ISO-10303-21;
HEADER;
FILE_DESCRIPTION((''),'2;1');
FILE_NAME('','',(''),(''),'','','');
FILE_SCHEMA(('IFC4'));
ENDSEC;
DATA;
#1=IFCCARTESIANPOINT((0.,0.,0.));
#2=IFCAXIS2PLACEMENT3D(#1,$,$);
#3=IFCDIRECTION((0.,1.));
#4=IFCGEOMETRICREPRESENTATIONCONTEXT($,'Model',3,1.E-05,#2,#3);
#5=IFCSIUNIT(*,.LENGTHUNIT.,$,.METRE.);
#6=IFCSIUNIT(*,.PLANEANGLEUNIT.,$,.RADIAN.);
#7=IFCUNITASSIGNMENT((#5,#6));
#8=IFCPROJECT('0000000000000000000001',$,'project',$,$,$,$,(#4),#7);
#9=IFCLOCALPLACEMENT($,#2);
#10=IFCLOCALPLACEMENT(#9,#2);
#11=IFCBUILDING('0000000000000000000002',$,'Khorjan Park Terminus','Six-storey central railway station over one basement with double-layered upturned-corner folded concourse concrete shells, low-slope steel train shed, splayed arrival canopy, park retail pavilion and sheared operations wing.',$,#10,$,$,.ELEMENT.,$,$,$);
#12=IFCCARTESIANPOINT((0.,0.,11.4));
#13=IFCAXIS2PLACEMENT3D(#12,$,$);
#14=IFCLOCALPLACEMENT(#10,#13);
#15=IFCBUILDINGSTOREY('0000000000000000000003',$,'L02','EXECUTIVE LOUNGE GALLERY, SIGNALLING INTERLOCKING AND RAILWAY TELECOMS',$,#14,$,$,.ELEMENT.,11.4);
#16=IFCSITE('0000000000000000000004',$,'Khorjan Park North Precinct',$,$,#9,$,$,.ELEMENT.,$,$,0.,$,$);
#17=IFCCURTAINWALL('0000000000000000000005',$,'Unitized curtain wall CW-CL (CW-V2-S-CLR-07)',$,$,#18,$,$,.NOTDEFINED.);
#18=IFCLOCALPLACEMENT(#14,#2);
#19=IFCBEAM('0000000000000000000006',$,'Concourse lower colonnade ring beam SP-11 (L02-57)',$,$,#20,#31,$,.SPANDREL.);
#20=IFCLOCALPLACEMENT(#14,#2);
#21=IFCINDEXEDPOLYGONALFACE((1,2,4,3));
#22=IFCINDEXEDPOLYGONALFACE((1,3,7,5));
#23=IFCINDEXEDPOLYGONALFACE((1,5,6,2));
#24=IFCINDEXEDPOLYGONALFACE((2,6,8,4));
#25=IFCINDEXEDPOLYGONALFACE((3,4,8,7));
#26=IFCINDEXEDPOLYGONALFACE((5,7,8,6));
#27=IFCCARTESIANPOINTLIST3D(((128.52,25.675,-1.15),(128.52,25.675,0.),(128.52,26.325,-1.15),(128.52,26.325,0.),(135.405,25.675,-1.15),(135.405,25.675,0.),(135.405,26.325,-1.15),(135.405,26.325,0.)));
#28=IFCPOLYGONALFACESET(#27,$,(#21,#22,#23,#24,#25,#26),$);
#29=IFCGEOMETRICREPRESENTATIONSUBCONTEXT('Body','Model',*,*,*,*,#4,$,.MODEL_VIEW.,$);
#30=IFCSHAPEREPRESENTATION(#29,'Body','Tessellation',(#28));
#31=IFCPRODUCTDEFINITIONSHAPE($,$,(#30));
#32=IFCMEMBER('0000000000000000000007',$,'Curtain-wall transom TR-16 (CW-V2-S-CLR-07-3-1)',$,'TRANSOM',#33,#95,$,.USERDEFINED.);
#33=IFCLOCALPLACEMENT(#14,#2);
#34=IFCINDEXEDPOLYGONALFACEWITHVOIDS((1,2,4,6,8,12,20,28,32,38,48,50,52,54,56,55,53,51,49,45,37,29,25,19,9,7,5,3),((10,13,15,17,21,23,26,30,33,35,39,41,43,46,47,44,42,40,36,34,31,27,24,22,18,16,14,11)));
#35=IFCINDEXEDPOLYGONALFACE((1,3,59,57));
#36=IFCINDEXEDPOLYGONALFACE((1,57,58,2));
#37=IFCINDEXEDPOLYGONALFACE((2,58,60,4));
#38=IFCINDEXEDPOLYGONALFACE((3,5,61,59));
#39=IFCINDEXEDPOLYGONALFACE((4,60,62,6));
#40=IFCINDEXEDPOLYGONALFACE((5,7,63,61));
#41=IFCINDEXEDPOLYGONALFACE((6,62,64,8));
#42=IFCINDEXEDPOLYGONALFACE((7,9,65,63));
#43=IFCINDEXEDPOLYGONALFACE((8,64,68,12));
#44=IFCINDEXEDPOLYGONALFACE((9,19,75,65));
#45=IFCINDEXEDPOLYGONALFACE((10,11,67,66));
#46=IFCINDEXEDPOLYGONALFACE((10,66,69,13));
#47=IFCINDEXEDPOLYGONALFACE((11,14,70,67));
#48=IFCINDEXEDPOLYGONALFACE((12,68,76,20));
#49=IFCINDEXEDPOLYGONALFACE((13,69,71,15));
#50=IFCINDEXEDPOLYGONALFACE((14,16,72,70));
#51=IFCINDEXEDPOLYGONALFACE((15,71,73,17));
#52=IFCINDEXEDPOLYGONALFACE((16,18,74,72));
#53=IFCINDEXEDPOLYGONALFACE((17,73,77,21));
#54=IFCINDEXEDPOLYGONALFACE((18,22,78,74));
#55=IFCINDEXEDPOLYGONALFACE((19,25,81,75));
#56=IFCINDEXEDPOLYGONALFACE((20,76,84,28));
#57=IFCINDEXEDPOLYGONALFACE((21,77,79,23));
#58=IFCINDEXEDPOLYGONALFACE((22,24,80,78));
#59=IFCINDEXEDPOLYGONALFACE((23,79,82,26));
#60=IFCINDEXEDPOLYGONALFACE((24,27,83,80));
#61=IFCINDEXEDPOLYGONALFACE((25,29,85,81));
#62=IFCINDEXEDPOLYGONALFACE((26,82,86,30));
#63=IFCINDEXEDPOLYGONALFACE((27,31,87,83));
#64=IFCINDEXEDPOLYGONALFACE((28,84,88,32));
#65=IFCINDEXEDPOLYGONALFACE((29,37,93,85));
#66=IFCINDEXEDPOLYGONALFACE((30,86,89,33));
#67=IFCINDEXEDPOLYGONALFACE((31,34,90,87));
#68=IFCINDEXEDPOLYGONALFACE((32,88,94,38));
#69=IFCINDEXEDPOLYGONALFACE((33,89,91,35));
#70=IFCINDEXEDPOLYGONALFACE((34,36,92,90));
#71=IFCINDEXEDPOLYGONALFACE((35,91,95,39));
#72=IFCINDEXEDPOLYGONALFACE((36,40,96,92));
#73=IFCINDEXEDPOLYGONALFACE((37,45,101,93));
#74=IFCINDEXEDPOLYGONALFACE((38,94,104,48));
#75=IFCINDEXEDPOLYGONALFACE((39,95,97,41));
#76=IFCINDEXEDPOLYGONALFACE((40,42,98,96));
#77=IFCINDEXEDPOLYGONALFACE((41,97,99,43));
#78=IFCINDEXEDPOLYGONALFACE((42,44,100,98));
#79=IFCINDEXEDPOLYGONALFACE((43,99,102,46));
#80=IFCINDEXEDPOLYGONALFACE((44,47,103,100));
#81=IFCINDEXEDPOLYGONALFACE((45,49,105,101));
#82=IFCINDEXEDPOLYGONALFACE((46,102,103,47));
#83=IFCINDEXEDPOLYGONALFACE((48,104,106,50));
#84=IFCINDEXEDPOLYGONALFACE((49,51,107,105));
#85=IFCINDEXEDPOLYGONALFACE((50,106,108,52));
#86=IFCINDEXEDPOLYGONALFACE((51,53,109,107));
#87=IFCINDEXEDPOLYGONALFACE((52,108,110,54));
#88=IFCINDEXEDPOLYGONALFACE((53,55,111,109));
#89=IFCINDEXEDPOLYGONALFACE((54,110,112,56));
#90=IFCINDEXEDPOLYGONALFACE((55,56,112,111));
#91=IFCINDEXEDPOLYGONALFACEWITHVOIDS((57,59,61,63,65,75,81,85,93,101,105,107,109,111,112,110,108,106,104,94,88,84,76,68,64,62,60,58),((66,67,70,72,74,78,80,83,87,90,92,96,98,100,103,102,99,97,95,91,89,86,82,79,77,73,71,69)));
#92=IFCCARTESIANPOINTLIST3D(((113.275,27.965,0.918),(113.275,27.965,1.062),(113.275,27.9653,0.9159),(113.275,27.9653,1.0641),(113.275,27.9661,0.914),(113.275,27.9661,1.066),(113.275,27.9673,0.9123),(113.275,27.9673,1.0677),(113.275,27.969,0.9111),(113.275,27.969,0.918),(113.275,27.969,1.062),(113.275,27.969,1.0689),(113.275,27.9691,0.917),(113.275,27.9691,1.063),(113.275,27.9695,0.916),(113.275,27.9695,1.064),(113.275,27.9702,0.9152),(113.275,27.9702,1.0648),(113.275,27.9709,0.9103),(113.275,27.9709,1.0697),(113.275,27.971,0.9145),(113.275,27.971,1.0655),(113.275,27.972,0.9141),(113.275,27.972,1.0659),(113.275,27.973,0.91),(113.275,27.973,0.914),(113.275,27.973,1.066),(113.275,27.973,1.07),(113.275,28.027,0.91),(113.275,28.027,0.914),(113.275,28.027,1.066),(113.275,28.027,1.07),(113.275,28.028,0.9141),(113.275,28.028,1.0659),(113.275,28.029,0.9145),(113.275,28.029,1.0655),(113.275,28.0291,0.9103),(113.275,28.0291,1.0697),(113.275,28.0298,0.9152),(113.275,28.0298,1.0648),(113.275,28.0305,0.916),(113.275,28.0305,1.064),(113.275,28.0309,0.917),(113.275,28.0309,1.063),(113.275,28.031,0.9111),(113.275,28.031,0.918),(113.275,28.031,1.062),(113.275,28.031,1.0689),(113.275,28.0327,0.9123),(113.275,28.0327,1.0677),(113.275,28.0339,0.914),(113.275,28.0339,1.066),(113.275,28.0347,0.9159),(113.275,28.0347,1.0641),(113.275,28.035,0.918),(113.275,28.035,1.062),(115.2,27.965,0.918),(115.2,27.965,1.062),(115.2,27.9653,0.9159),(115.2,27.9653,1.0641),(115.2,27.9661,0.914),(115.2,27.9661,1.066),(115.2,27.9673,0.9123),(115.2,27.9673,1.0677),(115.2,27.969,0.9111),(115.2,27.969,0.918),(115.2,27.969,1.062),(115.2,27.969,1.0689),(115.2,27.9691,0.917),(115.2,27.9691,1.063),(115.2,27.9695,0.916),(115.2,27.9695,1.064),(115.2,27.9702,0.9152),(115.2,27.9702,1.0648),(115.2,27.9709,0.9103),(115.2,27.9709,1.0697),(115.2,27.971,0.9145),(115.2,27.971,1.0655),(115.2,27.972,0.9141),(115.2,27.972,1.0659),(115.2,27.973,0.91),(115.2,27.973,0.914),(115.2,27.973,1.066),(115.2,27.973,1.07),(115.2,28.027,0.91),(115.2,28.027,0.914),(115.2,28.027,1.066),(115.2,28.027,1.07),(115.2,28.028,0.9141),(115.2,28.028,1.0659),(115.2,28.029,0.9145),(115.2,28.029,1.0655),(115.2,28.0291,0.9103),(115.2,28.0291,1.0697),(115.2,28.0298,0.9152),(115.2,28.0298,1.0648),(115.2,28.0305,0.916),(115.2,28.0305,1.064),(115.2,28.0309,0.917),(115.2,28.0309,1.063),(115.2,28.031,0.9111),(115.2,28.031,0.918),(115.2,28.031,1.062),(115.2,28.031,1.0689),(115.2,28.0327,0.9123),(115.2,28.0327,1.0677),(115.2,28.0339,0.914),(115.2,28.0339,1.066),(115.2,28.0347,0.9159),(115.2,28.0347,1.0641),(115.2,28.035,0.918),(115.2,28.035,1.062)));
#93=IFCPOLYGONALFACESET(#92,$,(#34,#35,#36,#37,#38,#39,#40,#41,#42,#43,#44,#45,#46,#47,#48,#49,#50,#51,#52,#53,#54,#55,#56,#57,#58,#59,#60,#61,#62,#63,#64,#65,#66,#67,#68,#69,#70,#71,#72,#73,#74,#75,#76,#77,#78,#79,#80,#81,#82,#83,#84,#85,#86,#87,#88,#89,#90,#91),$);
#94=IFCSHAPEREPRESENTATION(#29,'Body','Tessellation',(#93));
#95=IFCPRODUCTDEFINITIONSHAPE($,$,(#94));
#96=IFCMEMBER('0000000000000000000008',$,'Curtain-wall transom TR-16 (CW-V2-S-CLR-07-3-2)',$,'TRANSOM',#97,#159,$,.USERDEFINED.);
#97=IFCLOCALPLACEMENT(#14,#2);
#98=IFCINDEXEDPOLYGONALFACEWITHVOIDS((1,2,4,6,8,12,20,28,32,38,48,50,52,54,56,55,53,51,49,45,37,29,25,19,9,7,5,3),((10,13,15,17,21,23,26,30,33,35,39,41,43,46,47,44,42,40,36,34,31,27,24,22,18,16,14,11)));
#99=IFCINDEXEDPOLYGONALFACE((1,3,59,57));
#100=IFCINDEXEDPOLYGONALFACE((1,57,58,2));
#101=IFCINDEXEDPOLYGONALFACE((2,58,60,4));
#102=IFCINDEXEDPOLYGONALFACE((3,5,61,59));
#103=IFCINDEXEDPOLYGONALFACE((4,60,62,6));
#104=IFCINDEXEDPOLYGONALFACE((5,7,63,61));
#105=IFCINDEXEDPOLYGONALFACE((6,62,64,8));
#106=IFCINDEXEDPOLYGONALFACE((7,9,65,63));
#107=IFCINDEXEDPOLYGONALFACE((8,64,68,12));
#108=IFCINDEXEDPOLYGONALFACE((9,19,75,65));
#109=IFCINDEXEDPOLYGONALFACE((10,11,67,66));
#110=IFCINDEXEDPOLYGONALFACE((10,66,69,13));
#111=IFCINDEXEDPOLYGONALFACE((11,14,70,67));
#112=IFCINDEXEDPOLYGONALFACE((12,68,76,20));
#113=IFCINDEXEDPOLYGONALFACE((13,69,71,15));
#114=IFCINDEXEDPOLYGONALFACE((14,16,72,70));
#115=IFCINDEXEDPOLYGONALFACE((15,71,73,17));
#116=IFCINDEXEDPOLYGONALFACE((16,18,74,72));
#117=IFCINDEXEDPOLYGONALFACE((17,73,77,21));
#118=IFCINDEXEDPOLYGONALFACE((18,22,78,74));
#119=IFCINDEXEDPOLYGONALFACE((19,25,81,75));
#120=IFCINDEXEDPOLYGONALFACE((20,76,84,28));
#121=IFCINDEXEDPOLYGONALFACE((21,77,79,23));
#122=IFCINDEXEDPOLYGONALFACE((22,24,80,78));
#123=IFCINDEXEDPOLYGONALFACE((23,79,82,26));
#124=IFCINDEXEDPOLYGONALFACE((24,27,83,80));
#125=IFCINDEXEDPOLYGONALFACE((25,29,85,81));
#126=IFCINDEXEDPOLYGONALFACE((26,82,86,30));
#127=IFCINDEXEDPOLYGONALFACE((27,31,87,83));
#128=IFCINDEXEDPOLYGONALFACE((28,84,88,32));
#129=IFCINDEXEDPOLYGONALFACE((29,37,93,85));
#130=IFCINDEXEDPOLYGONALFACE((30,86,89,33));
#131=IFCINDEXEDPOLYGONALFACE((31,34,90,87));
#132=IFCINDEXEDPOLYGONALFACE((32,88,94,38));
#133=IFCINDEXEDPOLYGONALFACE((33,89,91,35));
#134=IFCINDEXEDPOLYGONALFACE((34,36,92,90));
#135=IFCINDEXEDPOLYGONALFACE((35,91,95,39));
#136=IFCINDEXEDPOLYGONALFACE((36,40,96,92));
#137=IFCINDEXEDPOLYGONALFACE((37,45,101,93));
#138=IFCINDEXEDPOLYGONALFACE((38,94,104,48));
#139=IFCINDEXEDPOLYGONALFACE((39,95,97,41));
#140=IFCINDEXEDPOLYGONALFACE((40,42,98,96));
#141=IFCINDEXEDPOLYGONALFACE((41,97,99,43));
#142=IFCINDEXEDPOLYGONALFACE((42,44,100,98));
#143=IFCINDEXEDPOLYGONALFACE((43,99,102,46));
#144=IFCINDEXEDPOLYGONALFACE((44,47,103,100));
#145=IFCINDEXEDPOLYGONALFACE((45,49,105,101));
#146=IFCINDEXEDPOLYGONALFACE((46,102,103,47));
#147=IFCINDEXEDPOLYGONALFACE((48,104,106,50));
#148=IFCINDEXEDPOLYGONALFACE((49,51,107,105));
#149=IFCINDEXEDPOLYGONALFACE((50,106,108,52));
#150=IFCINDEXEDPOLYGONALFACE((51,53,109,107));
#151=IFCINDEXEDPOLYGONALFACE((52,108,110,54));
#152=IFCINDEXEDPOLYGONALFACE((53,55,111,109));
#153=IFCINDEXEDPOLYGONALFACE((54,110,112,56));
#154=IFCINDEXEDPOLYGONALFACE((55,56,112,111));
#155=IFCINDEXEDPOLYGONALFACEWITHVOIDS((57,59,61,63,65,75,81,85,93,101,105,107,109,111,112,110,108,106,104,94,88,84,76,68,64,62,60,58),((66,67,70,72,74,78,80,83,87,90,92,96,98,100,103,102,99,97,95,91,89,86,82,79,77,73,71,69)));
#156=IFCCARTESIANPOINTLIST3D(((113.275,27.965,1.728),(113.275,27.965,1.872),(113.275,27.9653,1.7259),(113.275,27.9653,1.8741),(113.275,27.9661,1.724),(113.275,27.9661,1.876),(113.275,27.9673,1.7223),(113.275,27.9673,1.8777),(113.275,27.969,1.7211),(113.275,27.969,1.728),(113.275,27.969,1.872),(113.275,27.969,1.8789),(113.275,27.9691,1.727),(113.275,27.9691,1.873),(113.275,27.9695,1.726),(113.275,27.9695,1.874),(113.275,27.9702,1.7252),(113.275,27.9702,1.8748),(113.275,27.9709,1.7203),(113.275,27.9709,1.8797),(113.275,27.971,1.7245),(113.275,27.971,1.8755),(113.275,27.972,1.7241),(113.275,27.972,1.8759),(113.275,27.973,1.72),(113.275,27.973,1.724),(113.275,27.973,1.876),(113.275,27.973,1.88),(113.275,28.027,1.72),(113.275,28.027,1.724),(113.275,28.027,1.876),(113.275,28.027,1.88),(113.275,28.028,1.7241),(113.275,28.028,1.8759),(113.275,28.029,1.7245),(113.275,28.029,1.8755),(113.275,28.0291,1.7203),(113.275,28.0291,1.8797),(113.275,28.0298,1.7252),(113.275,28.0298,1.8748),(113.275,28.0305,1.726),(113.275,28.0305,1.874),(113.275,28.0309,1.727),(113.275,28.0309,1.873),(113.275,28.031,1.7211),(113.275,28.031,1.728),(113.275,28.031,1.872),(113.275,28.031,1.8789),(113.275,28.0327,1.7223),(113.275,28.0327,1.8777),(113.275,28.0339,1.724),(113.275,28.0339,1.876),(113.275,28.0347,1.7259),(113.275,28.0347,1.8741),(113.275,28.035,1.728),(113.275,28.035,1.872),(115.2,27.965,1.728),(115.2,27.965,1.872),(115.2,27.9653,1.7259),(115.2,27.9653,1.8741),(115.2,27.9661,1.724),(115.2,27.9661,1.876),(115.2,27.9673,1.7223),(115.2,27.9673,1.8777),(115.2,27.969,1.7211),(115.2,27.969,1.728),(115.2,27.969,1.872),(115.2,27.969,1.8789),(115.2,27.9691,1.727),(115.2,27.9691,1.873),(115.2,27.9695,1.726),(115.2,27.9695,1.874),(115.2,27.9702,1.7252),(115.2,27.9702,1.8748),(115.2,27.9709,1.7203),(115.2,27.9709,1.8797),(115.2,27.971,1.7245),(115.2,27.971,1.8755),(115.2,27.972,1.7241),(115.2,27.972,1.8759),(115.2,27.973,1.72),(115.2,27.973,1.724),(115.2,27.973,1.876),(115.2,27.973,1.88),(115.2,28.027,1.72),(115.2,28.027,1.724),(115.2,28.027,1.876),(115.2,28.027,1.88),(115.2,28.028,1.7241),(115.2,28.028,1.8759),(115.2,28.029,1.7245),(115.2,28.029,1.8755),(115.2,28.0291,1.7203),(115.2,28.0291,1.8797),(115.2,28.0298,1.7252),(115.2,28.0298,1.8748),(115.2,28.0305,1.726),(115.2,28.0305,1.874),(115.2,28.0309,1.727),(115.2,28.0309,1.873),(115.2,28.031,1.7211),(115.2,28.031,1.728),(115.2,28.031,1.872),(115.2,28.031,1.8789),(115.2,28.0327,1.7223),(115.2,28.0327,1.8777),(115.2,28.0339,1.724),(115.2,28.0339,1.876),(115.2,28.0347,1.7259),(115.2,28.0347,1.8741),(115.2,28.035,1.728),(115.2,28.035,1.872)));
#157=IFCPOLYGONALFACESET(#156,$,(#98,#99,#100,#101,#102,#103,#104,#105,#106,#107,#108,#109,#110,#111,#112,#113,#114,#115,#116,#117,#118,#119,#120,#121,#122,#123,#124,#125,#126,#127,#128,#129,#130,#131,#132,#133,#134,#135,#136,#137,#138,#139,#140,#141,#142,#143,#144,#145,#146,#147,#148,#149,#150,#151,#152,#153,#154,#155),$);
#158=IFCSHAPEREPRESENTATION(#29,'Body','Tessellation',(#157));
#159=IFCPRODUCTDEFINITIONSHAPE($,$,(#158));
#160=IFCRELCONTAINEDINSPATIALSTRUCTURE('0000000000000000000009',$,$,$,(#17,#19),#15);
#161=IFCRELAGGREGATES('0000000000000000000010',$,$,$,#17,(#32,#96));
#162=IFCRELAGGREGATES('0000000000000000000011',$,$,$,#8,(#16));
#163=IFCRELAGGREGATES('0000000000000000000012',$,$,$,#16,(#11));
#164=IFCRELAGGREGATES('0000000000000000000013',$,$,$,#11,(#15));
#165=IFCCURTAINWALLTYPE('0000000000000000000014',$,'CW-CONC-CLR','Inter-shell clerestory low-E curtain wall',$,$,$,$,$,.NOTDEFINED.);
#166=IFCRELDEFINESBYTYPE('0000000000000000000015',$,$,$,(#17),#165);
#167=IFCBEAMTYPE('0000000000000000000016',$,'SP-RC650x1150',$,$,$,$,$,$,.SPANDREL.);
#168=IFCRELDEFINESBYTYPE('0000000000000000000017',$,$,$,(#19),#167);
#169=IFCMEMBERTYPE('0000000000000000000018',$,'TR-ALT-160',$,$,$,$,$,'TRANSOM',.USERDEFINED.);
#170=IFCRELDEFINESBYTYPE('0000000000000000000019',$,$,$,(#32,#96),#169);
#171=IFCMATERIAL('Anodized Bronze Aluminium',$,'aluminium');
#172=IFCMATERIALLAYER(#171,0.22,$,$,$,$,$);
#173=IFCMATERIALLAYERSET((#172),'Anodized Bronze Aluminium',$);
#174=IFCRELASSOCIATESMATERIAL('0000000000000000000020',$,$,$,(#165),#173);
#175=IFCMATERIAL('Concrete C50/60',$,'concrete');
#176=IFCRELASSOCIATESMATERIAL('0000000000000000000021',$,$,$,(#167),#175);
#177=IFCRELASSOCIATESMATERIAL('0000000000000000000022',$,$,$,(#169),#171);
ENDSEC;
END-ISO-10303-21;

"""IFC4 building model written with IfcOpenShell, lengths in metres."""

from ifc_helpers import new_model, si_unit, direction, frame, origin, origin_2d, place, context, subcontext, project, spatial, rectangle, hollow_rectangle, extrude, material, layer, layer_set, material_profile, profile_set, type_object, element, aggregate, save


model = new_model("IFC4")

# Units and contexts
model_context = context("Model", 3, precision=1e-05, world=origin(), true_north=direction((0.0, 1.0)))
body_context = subcontext(model_context, "Body", "Model", "MODEL_VIEW")
ifc_project = project(units=[si_unit("LENGTHUNIT", "METRE"), si_unit("PLANEANGLEUNIT", "RADIAN")], contexts=[model_context])

# Site, building, storey
site_placement = place(None, origin())
site = spatial("IfcSite", under=ifc_project, at=site_placement, Name="Khorjan Park North Precinct", CompositionType="ELEMENT", RefElevation=0.0)
building_placement = place(site_placement, origin())
building = spatial("IfcBuilding", under=site, at=building_placement, Name="Khorjan Park Terminus", Description="Six-storey central railway station over one basement with double-layered upturned-corner folded concourse concrete shells, low-slope steel train shed, splayed arrival canopy, park retail pavilion and sheared operations wing.", CompositionType="ELEMENT")
storey_placement = place(building_placement, frame((0.0, 0.0, 11.4)))
storey = spatial("IfcBuildingStorey", under=building, at=storey_placement, Name="L02", Description="EXECUTIVE LOUNGE GALLERY, SIGNALLING INTERLOCKING AND RAILWAY TELECOMS", CompositionType="ELEMENT", Elevation=11.4)

# Shared definitions
ifc_material_1 = material(Name="Concrete C50/60", Category="concrete")

# Curtain wall
ifc_material_2 = material(Name="Anodized Bronze Aluminium", Category="aluminium")
ifc_layer_1 = layer(ifc_material_2, 0.22)
ifc_layer_set_1 = layer_set([ifc_layer_1], Name="Anodized Bronze Aluminium")
curtain_wall_type = type_object("IfcCurtainWallType", Name="CW-CONC-CLR", Description="Inter-shell clerestory low-E curtain wall", PredefinedType="NOTDEFINED", material=ifc_layer_set_1)
curtain_wall_placement = place(storey_placement, origin())
curtain_wall = element("IfcCurtainWall", 1, at=curtain_wall_placement, inside=storey, type_object=curtain_wall_type, Name="Unitized curtain wall CW-CL (CW-V2-S-CLR-07)", PredefinedType="NOTDEFINED")

# Beam
ifc_material_profile_1 = material_profile(ifc_material_1, rectangle(XDim=0.65, YDim=1.15, at=origin_2d()), Name="RC 650x1150")
ifc_profile_set_1 = profile_set([ifc_material_profile_1], Name="Concrete C50/60")
beam_type_1 = type_object("IfcBeamType", Name="SP-RC650x1150", PredefinedType="SPANDREL", material=ifc_profile_set_1)
beam_placement = place(storey_placement, frame((128.52, 26.0, -0.575), z_axis=(1.0, 0.0, 0.0), x_axis=(0.0, 1.0, 0.0)))
element("IfcBeam", 2, at=beam_placement, inside=storey, type_object=beam_type_1, Name="Concourse lower colonnade ring beam SP-11 (L02-57)", PredefinedType="SPANDREL", context=body_context, shape_type="SweptSolid", body=[
    extrude(rectangle(XDim=0.65, YDim=1.15, at=origin_2d()), origin(), (0.0, 0.0, 1.0), 6.885),
])

# Members
ifc_material_profile_2 = material_profile(ifc_material_2, hollow_rectangle(XDim=0.07, YDim=0.16, WallThickness=0.004, InnerFilletRadius=0.004, OuterFilletRadius=0.008, at=origin_2d()), Name="ALT 70x160x4")
ifc_profile_set_2 = profile_set([ifc_material_profile_2], Name="Anodized Bronze Aluminium")
member_type_1 = type_object("IfcMemberType", Name="TR-ALT-160", ElementType="TRANSOM", PredefinedType="USERDEFINED", material=ifc_profile_set_2)
member_1_placement = place(storey_placement, frame((113.275, 28.0, 0.99), z_axis=(1.0, 0.0, 0.0), x_axis=(0.0, 1.0, 0.0)))
member_1 = element("IfcMember", 3, at=member_1_placement, type_object=member_type_1, Name="Curtain-wall transom TR-16 (CW-V2-S-CLR-07-3-1)", ObjectType="TRANSOM", PredefinedType="USERDEFINED", context=body_context, shape_type="SweptSolid", body=[
    extrude(hollow_rectangle(XDim=0.07, YDim=0.16, WallThickness=0.004, InnerFilletRadius=0.004, OuterFilletRadius=0.008, at=origin_2d()), origin(), (0.0, 0.0, 1.0), 1.925),
])
member_2_placement = place(storey_placement, frame((113.275, 28.0, 1.8), z_axis=(1.0, 0.0, 0.0), x_axis=(0.0, 1.0, 0.0)))
member_2 = element("IfcMember", 4, at=member_2_placement, type_object=member_type_1, Name="Curtain-wall transom TR-16 (CW-V2-S-CLR-07-3-2)", ObjectType="TRANSOM", PredefinedType="USERDEFINED", context=body_context, shape_type="SweptSolid", body=[
    extrude(hollow_rectangle(XDim=0.07, YDim=0.16, WallThickness=0.004, InnerFilletRadius=0.004, OuterFilletRadius=0.008, at=origin_2d()), origin(), (0.0, 0.0, 1.0), 1.925),
])

aggregate(curtain_wall, [member_1, member_2])

save(model, "model.ifc")
